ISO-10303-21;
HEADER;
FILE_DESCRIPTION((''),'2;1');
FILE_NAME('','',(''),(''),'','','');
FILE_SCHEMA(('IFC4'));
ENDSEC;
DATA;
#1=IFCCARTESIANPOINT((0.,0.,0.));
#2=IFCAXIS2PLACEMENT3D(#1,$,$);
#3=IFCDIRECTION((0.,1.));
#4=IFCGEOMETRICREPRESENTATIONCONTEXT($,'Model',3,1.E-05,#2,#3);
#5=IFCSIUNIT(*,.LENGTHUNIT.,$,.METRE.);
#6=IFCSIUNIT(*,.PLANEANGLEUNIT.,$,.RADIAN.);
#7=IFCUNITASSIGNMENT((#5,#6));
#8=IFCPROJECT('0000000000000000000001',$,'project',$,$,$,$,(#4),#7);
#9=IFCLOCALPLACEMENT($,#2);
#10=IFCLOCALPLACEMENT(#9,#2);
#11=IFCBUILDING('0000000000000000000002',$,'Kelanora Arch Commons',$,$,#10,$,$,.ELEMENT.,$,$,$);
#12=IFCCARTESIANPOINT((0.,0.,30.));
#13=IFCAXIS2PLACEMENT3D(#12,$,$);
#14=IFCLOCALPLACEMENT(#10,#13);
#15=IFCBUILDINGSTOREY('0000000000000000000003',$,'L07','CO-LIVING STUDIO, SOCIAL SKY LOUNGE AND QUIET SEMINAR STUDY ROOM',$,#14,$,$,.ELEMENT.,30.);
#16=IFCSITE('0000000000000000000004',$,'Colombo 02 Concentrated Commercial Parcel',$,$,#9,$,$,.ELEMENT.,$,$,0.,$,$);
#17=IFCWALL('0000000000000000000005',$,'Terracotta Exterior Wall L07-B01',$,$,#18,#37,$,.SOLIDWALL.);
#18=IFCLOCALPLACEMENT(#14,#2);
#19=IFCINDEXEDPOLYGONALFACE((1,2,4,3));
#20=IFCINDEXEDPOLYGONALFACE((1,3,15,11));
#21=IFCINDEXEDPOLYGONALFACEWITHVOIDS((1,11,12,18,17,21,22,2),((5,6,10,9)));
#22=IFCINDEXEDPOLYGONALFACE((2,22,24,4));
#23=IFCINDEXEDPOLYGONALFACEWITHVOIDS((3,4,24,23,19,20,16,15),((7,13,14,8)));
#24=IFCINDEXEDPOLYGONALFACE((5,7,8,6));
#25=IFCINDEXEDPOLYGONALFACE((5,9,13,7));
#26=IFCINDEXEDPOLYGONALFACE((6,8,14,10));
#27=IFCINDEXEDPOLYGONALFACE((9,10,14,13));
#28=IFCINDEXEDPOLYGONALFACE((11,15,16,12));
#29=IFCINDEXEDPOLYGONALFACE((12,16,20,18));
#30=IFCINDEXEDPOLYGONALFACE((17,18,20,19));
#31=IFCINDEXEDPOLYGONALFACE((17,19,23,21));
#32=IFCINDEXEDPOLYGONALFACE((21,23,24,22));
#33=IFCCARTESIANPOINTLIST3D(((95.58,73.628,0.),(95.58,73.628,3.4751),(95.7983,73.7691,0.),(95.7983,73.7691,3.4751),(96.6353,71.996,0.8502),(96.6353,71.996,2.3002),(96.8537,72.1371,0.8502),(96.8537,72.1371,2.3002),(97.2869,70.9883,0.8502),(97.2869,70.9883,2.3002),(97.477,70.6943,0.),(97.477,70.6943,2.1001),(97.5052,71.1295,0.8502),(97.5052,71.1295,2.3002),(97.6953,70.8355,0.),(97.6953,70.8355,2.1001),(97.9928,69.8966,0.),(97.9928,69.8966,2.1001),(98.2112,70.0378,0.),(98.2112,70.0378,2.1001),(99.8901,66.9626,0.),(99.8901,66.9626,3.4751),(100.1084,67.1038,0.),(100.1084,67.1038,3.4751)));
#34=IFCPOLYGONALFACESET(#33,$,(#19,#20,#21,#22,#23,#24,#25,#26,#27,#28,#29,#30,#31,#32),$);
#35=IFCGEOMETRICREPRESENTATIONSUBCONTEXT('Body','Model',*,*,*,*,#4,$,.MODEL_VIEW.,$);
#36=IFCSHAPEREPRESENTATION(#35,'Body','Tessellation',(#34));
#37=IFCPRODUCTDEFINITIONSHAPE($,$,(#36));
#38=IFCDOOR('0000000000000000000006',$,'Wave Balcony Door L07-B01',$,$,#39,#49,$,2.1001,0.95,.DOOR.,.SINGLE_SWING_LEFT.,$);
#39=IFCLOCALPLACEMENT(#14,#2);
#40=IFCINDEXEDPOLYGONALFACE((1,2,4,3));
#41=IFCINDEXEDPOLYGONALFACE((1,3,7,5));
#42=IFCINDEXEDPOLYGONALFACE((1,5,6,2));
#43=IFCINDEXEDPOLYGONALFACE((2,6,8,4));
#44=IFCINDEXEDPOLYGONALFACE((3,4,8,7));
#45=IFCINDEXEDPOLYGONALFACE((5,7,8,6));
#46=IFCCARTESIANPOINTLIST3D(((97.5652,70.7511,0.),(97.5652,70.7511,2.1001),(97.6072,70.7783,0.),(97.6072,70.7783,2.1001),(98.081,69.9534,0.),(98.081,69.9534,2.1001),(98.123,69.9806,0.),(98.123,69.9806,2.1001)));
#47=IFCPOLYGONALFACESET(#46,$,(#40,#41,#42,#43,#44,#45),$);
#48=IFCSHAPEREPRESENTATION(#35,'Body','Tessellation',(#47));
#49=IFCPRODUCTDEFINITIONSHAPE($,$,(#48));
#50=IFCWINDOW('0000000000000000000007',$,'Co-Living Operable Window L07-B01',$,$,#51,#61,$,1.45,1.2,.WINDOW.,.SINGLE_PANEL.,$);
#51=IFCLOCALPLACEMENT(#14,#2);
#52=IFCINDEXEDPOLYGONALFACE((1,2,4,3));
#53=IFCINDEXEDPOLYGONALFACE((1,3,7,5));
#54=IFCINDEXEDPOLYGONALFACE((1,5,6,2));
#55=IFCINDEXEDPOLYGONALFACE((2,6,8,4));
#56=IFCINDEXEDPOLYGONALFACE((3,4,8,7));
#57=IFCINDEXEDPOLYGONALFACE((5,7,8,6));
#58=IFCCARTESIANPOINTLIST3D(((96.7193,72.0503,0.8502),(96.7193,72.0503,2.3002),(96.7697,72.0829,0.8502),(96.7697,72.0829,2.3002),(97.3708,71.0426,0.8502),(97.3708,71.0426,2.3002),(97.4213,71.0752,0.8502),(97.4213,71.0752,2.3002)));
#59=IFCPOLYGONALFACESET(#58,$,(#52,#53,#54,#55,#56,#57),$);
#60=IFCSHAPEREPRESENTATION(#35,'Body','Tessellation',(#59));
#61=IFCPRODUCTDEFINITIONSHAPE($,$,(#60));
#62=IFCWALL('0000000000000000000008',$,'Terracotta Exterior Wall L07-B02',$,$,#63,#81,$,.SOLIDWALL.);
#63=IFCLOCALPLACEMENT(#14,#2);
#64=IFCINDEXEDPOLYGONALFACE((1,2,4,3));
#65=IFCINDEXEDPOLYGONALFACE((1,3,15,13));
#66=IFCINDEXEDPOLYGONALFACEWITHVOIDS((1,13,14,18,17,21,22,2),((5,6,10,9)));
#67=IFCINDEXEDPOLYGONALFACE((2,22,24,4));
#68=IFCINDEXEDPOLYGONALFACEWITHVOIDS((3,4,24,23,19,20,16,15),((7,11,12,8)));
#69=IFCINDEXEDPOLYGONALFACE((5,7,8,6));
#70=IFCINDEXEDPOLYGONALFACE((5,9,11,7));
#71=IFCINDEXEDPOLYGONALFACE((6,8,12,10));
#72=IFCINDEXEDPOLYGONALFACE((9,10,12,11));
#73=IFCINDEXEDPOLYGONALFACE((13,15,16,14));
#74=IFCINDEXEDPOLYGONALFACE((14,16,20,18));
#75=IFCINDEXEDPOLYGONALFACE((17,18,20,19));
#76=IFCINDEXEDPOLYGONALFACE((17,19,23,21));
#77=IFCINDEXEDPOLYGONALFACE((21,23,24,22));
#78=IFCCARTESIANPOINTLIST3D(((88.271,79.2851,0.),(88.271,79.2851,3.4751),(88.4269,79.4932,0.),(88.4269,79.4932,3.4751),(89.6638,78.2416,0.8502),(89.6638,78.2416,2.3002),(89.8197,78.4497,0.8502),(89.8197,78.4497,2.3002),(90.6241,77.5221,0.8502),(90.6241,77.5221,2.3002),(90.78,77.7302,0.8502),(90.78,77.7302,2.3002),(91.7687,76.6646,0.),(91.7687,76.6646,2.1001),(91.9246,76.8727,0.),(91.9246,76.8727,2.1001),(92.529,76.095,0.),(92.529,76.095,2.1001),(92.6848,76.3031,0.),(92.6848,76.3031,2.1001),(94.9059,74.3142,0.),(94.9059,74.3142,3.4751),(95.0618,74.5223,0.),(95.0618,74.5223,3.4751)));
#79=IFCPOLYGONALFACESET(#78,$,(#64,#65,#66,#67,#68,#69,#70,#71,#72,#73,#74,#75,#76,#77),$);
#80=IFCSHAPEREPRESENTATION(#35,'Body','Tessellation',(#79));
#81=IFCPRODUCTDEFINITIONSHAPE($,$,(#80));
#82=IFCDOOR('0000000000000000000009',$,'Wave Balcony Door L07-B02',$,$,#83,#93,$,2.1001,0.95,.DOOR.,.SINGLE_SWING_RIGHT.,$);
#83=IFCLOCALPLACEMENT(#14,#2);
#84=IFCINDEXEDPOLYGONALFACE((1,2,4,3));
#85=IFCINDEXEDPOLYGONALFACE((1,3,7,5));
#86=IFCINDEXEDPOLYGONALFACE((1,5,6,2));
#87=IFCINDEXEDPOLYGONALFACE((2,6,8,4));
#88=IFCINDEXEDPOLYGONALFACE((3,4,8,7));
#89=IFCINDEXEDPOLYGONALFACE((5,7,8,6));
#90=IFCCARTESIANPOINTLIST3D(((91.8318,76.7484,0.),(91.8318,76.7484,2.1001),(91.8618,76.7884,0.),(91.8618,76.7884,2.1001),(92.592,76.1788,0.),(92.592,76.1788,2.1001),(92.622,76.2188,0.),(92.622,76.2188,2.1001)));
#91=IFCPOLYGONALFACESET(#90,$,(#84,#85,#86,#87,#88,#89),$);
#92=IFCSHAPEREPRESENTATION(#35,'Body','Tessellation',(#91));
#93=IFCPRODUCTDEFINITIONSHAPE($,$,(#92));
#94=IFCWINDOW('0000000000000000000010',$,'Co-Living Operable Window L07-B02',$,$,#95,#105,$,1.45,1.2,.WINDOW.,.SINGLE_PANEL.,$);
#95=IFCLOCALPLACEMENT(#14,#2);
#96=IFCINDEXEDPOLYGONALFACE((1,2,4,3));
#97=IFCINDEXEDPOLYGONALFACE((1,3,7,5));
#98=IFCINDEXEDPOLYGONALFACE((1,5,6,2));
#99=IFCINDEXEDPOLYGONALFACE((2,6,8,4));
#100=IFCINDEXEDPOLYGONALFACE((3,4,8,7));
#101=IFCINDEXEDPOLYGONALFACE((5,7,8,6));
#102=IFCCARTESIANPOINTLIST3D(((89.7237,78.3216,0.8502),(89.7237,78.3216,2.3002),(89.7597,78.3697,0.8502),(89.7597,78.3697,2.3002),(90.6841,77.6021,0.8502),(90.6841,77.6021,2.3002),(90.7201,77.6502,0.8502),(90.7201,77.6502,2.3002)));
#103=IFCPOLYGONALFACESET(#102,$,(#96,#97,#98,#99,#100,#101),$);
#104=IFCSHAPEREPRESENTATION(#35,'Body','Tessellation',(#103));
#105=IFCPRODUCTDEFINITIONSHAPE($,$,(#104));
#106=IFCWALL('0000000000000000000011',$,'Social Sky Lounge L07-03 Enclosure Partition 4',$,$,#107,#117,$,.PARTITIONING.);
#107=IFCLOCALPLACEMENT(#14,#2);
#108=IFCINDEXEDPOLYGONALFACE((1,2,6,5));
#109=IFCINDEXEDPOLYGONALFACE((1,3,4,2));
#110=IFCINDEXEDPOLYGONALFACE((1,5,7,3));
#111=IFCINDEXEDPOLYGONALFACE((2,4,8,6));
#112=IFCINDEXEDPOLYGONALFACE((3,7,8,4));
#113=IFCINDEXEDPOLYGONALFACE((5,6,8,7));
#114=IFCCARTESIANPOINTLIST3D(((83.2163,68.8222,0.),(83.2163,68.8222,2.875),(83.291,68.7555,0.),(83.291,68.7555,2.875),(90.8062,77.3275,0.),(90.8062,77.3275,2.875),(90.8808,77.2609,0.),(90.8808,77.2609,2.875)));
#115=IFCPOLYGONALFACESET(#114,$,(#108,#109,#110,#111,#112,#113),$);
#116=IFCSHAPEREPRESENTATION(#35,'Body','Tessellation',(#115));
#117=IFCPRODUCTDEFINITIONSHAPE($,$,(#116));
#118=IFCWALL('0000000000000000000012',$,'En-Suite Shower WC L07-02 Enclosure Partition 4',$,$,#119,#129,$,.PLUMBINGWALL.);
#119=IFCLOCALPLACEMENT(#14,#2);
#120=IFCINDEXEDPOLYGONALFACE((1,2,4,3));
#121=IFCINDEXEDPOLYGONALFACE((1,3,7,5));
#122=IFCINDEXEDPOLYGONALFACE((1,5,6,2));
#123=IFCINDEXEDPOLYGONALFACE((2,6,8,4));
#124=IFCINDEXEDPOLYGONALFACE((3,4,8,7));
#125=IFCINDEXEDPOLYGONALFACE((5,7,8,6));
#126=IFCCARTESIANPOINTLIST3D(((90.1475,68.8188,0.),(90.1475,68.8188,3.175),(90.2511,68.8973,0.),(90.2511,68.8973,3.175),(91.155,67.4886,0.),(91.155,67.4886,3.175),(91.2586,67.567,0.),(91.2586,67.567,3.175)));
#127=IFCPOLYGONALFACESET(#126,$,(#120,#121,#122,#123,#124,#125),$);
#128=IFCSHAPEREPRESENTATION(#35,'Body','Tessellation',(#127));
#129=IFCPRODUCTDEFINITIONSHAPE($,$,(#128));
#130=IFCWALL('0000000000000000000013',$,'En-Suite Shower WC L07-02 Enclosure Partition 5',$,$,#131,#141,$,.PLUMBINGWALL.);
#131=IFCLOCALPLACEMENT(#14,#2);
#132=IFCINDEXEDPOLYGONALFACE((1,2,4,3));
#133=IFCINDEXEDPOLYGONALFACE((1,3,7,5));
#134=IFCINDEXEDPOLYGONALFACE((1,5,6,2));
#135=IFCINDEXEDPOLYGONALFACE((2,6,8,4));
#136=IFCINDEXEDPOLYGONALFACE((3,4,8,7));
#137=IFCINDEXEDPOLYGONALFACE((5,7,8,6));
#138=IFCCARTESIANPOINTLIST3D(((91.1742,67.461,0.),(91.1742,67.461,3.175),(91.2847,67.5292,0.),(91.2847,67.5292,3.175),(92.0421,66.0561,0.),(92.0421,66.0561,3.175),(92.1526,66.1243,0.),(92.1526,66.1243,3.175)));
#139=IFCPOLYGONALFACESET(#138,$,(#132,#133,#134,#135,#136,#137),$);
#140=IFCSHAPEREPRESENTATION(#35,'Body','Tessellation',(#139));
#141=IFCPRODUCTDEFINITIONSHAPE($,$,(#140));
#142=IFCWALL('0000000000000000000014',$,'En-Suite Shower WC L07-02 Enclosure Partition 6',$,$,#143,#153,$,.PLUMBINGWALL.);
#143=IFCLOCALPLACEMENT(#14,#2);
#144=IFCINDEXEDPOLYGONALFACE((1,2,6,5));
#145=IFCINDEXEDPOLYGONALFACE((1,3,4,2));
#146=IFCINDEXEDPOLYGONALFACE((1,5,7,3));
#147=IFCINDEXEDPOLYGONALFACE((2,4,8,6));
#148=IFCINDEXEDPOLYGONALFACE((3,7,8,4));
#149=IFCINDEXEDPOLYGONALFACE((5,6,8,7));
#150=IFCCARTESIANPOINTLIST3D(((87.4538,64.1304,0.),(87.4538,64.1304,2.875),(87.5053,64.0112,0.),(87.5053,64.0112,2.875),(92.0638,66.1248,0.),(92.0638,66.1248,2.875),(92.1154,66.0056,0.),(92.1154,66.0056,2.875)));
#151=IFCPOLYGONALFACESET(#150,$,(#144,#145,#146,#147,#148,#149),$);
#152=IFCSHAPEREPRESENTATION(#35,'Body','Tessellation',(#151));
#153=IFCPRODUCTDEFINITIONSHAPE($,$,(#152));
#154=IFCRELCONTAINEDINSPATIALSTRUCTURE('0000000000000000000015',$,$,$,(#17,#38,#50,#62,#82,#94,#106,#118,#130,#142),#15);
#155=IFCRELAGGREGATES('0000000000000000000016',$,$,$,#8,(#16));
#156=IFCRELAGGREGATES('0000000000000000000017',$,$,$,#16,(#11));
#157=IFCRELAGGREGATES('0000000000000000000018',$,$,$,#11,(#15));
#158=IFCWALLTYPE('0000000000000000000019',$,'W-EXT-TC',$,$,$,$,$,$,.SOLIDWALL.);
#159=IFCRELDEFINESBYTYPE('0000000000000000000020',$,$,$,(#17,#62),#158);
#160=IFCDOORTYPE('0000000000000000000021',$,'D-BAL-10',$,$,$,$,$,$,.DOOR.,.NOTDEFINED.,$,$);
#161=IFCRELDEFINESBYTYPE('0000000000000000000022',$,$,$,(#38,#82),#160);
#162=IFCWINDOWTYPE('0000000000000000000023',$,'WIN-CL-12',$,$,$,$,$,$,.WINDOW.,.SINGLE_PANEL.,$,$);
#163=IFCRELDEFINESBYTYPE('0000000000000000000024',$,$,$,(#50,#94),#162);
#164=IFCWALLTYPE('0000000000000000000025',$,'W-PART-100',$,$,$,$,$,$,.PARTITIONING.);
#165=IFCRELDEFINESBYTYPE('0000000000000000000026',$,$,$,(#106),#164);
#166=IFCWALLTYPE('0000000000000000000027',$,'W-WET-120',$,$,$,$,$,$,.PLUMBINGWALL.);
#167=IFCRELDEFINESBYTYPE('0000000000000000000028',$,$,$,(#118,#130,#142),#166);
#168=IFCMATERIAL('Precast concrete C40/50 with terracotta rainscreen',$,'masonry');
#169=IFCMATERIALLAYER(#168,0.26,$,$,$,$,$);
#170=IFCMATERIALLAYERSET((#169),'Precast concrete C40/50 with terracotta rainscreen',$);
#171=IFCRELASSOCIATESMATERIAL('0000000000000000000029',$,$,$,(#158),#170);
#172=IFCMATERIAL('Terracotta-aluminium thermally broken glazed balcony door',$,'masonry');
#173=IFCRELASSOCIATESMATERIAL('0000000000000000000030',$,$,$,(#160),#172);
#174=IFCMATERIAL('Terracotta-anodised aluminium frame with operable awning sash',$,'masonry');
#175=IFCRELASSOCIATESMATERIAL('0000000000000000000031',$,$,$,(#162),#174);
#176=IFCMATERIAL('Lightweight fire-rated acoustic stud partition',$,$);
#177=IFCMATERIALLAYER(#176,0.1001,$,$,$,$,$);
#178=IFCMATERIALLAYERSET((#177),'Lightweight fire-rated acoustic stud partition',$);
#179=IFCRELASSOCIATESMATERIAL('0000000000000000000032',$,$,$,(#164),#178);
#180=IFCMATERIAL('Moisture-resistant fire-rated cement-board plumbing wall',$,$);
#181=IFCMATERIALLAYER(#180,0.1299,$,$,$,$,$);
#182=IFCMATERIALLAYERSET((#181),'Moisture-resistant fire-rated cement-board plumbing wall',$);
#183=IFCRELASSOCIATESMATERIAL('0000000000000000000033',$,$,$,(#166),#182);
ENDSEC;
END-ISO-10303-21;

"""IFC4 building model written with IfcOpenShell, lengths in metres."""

from ifc_helpers import new_model, si_unit, direction, frame, frame_2d, origin, place, context, subcontext, project, spatial, rectangle, extrude, material, layer, layer_set, type_object, element, fill, save


model = new_model("IFC4")

# Units and contexts
model_context = context("Model", 3, precision=1e-05, world=origin(), true_north=direction((0.0, 1.0)))
body_context = subcontext(model_context, "Body", "Model", "MODEL_VIEW")
ifc_project = project(units=[si_unit("LENGTHUNIT", "METRE"), si_unit("PLANEANGLEUNIT", "RADIAN")], contexts=[model_context])

# Site, building, storey
site_placement = place(None, origin())
site = spatial("IfcSite", under=ifc_project, at=site_placement, Name="Colombo 02 Concentrated Commercial Parcel", CompositionType="ELEMENT", RefElevation=0.0)
building_placement = place(site_placement, origin())
building = spatial("IfcBuilding", under=site, at=building_placement, Name="Kelanora Arch Commons", CompositionType="ELEMENT")
storey_placement = place(building_placement, frame((0.0, 0.0, 30.0)))
storey = spatial("IfcBuildingStorey", under=building, at=storey_placement, Name="L07", Description="CO-LIVING STUDIO, SOCIAL SKY LOUNGE AND QUIET SEMINAR STUDY ROOM", CompositionType="ELEMENT", Elevation=30.0)

# Walls, openings, doors, windows
ifc_material_1 = material(Name="Precast concrete C40/50 with terracotta rainscreen", Category="masonry")
ifc_layer_1 = layer(ifc_material_1, 0.26)
ifc_layer_set_1 = layer_set([ifc_layer_1], Name="Precast concrete C40/50 with terracotta rainscreen")
wall_type_1 = type_object("IfcWallType", Name="W-EXT-TC", PredefinedType="SOLIDWALL", material=ifc_layer_set_1)
wall_1_placement = place(storey_placement, frame((99.9993, 67.0332, 0.0), z_axis=(0.0, 0.0, 1.0), x_axis=(-0.543005, 0.839729, 0.0)))
wall_1 = element("IfcWall", 1, at=wall_1_placement, inside=storey, type_object=wall_type_1, Name="Terracotta Exterior Wall L07-B01", PredefinedType="SOLIDWALL", context=body_context, shape_type="SweptSolid", body=[
    extrude(rectangle(XDim=7.9375, YDim=0.26, at=frame_2d((3.9688, 0.0))), origin(), (0.0, 0.0, 1.0), 3.4751),
])
opening_1_placement = place(wall_1_placement, frame((3.4939, 0.0, 0.0)))
opening_1 = element("IfcOpeningElement", 2, at=opening_1_placement, cuts=wall_1, PredefinedType="OPENING", context=body_context, shape_type="SweptSolid", body=[
    extrude(rectangle(XDim=0.95, YDim=2.1001, at=frame_2d((0.4751, 1.05))), frame((0.0, 0.1401, 0.0), z_axis=(0.0, -1.0, 0.0), x_axis=(1.0, 0.0, 0.0)), (0.0, 0.0, 1.0), 0.28),
])
opening_2_placement = place(wall_1_placement, frame((4.7939, 0.0, 0.8501)))
opening_2 = element("IfcOpeningElement", 3, at=opening_2_placement, cuts=wall_1, PredefinedType="OPENING", context=body_context, shape_type="SweptSolid", body=[
    extrude(rectangle(XDim=1.2, YDim=1.45, at=frame_2d((0.6001, 0.7251))), frame((0.0, 0.1401, 0.0), z_axis=(0.0, -1.0, 0.0), x_axis=(1.0, 0.0, 0.0)), (0.0, 0.0, 1.0), 0.28),
])
ifc_material_2 = material(Name="Terracotta-aluminium thermally broken glazed balcony door", Category="masonry")
door_type = type_object("IfcDoorType", Name="D-BAL-10", OperationType="NOTDEFINED", PredefinedType="DOOR", material=ifc_material_2)
door_1_placement = place(opening_1_placement, frame((0.95, 0.0, 0.0), z_axis=(0.0, 0.0, 1.0), x_axis=(-1.0, 0.0, 0.0)))
door_1 = element("IfcDoor", 4, at=door_1_placement, inside=storey, type_object=door_type, Name="Wave Balcony Door L07-B01", OperationType="SINGLE_SWING_LEFT", OverallHeight=2.1001, OverallWidth=0.95, PredefinedType="DOOR", context=body_context, shape_type="SweptSolid", body=[
    extrude(rectangle(XDim=0.95, YDim=2.1001, at=frame_2d((0.4751, 1.05))), frame((0.0, 0.0249, 0.0), z_axis=(0.0, -1.0, 0.0), x_axis=(1.0, 0.0, 0.0)), (0.0, 0.0, 1.0), 0.05),
])
fill(opening_1, door_1)
ifc_material_3 = material(Name="Terracotta-anodised aluminium frame with operable awning sash", Category="masonry")
window_type = type_object("IfcWindowType", Name="WIN-CL-12", PartitioningType="SINGLE_PANEL", PredefinedType="WINDOW", material=ifc_material_3)
window_1_placement = place(opening_2_placement, origin())
window_1 = element("IfcWindow", 5, at=window_1_placement, inside=storey, type_object=window_type, Name="Co-Living Operable Window L07-B01", OverallHeight=1.45, OverallWidth=1.2, PartitioningType="SINGLE_PANEL", PredefinedType="WINDOW", context=body_context, shape_type="SweptSolid", body=[
    extrude(rectangle(XDim=1.2, YDim=1.45, at=frame_2d((0.6001, 0.7251))), frame((0.0, 0.03, 0.0), z_axis=(0.0, -1.0, 0.0), x_axis=(1.0, 0.0, 0.0)), (0.0, 0.0, 1.0), 0.0601),
])
fill(opening_2, window_1)
wall_2_placement = place(storey_placement, frame((94.9839, 74.4182, 0.0), z_axis=(0.0, 0.0, 1.0), x_axis=(-0.800307, 0.59959, 0.0)))
wall_2 = element("IfcWall", 6, at=wall_2_placement, inside=storey, type_object=wall_type_1, Name="Terracotta Exterior Wall L07-B02", PredefinedType="SOLIDWALL", context=body_context, shape_type="SweptSolid", body=[
    extrude(rectangle(XDim=8.2905, YDim=0.26, at=frame_2d((4.1453, 0.0))), origin(), (0.0, 0.0, 1.0), 3.4751),
])
opening_3_placement = place(wall_2_placement, frame((2.97, 0.0, 0.0)))
opening_3 = element("IfcOpeningElement", 7, at=opening_3_placement, cuts=wall_2, PredefinedType="OPENING", context=body_context, shape_type="SweptSolid", body=[
    extrude(rectangle(XDim=0.95, YDim=2.1001, at=frame_2d((0.4751, 1.05))), frame((0.0, 0.1401, 0.0), z_axis=(0.0, -1.0, 0.0), x_axis=(1.0, 0.0, 0.0)), (0.0, 0.0, 1.0), 0.28),
])
opening_4_placement = place(wall_2_placement, frame((5.3501, 0.0, 0.8501)))
opening_4 = element("IfcOpeningElement", 8, at=opening_4_placement, cuts=wall_2, PredefinedType="OPENING", context=body_context, shape_type="SweptSolid", body=[
    extrude(rectangle(XDim=1.2, YDim=1.45, at=frame_2d((0.6001, 0.7251))), frame((0.0, 0.1401, 0.0), z_axis=(0.0, -1.0, 0.0), x_axis=(1.0, 0.0, 0.0)), (0.0, 0.0, 1.0), 0.28),
])
door_2_placement = place(opening_3_placement, frame((0.95, 0.0, 0.0), z_axis=(0.0, 0.0, 1.0), x_axis=(-1.0, 0.0, 0.0)))
door_2 = element("IfcDoor", 9, at=door_2_placement, inside=storey, type_object=door_type, Name="Wave Balcony Door L07-B02", OperationType="SINGLE_SWING_RIGHT", OverallHeight=2.1001, OverallWidth=0.95, PredefinedType="DOOR", context=body_context, shape_type="SweptSolid", body=[
    extrude(rectangle(XDim=0.95, YDim=2.1001, at=frame_2d((0.4751, 1.05))), frame((0.0, 0.0249, 0.0), z_axis=(0.0, -1.0, 0.0), x_axis=(1.0, 0.0, 0.0)), (0.0, 0.0, 1.0), 0.05),
])
fill(opening_3, door_2)
window_2_placement = place(opening_4_placement, origin())
window_2 = element("IfcWindow", 10, at=window_2_placement, inside=storey, type_object=window_type, Name="Co-Living Operable Window L07-B02", OverallHeight=1.45, OverallWidth=1.2, PartitioningType="SINGLE_PANEL", PredefinedType="WINDOW", context=body_context, shape_type="SweptSolid", body=[
    extrude(rectangle(XDim=1.2, YDim=1.45, at=frame_2d((0.6001, 0.7251))), frame((0.0, 0.03, 0.0), z_axis=(0.0, -1.0, 0.0), x_axis=(1.0, 0.0, 0.0)), (0.0, 0.0, 1.0), 0.0601),
])
fill(opening_4, window_2)

# Walls
ifc_material_4 = material(Name="Lightweight fire-rated acoustic stud partition")
ifc_layer_2 = layer(ifc_material_4, 0.1001)
ifc_layer_set_2 = layer_set([ifc_layer_2], Name="Lightweight fire-rated acoustic stud partition")
wall_type_2 = type_object("IfcWallType", Name="W-PART-100", PredefinedType="PARTITIONING", material=ifc_layer_set_2)
wall_3_placement = place(storey_placement, frame((90.8435, 77.2942, 0.0), z_axis=(0.0, 0.0, 1.0), x_axis=(-0.665809, -0.746122, 0.0)))
element("IfcWall", 11, at=wall_3_placement, inside=storey, type_object=wall_type_2, Name="Social Sky Lounge L07-03 Enclosure Partition 4", PredefinedType="PARTITIONING", context=body_context, shape_type="SweptSolid", body=[
    extrude(rectangle(XDim=11.3994, YDim=0.1001, at=frame_2d((5.6997, 0.0))), origin(), (0.0, 0.0, 1.0), 2.875),
])
ifc_material_5 = material(Name="Moisture-resistant fire-rated cement-board plumbing wall")
ifc_layer_3 = layer(ifc_material_5, 0.1299)
ifc_layer_set_3 = layer_set([ifc_layer_3], Name="Moisture-resistant fire-rated cement-board plumbing wall")
wall_type_3 = type_object("IfcWallType", Name="W-WET-120", PredefinedType="PLUMBINGWALL", material=ifc_layer_set_3)
wall_4_placement = place(storey_placement, frame((90.1992, 68.8582, 0.0), z_axis=(0.0, 0.0, 1.0), x_axis=(0.603762, -0.797165, 0.0)))
element("IfcWall", 12, at=wall_4_placement, inside=storey, type_object=wall_type_3, Name="En-Suite Shower WC L07-02 Enclosure Partition 4", PredefinedType="PLUMBINGWALL", context=body_context, shape_type="SweptSolid", body=[
    extrude(rectangle(XDim=1.6687, YDim=0.1299, at=frame_2d((0.8345, 0.0))), origin(), (0.0, 0.0, 1.0), 3.175),
])
wall_5_placement = place(storey_placement, frame((91.2295, 67.4951, 0.0), z_axis=(0.0, 0.0, 1.0), x_axis=(0.52554, -0.850769, 0.0)))
element("IfcWall", 13, at=wall_5_placement, inside=storey, type_object=wall_type_3, Name="En-Suite Shower WC L07-02 Enclosure Partition 5", PredefinedType="PLUMBINGWALL", context=body_context, shape_type="SweptSolid", body=[
    extrude(rectangle(XDim=1.6514, YDim=0.1299, at=frame_2d((0.8257, 0.0))), origin(), (0.0, 0.0, 1.0), 3.175),
])
wall_6_placement = place(storey_placement, frame((92.0896, 66.0652, 0.0), z_axis=(0.0, 0.0, 1.0), x_axis=(-0.917797, -0.397049, 0.0)))
element("IfcWall", 14, at=wall_6_placement, inside=storey, type_object=wall_type_3, Name="En-Suite Shower WC L07-02 Enclosure Partition 6", PredefinedType="PLUMBINGWALL", context=body_context, shape_type="SweptSolid", body=[
    extrude(rectangle(XDim=5.0229, YDim=0.1299, at=frame_2d((2.5115, 0.0))), origin(), (0.0, 0.0, 1.0), 2.875),
])

save(model, "model.ifc")
